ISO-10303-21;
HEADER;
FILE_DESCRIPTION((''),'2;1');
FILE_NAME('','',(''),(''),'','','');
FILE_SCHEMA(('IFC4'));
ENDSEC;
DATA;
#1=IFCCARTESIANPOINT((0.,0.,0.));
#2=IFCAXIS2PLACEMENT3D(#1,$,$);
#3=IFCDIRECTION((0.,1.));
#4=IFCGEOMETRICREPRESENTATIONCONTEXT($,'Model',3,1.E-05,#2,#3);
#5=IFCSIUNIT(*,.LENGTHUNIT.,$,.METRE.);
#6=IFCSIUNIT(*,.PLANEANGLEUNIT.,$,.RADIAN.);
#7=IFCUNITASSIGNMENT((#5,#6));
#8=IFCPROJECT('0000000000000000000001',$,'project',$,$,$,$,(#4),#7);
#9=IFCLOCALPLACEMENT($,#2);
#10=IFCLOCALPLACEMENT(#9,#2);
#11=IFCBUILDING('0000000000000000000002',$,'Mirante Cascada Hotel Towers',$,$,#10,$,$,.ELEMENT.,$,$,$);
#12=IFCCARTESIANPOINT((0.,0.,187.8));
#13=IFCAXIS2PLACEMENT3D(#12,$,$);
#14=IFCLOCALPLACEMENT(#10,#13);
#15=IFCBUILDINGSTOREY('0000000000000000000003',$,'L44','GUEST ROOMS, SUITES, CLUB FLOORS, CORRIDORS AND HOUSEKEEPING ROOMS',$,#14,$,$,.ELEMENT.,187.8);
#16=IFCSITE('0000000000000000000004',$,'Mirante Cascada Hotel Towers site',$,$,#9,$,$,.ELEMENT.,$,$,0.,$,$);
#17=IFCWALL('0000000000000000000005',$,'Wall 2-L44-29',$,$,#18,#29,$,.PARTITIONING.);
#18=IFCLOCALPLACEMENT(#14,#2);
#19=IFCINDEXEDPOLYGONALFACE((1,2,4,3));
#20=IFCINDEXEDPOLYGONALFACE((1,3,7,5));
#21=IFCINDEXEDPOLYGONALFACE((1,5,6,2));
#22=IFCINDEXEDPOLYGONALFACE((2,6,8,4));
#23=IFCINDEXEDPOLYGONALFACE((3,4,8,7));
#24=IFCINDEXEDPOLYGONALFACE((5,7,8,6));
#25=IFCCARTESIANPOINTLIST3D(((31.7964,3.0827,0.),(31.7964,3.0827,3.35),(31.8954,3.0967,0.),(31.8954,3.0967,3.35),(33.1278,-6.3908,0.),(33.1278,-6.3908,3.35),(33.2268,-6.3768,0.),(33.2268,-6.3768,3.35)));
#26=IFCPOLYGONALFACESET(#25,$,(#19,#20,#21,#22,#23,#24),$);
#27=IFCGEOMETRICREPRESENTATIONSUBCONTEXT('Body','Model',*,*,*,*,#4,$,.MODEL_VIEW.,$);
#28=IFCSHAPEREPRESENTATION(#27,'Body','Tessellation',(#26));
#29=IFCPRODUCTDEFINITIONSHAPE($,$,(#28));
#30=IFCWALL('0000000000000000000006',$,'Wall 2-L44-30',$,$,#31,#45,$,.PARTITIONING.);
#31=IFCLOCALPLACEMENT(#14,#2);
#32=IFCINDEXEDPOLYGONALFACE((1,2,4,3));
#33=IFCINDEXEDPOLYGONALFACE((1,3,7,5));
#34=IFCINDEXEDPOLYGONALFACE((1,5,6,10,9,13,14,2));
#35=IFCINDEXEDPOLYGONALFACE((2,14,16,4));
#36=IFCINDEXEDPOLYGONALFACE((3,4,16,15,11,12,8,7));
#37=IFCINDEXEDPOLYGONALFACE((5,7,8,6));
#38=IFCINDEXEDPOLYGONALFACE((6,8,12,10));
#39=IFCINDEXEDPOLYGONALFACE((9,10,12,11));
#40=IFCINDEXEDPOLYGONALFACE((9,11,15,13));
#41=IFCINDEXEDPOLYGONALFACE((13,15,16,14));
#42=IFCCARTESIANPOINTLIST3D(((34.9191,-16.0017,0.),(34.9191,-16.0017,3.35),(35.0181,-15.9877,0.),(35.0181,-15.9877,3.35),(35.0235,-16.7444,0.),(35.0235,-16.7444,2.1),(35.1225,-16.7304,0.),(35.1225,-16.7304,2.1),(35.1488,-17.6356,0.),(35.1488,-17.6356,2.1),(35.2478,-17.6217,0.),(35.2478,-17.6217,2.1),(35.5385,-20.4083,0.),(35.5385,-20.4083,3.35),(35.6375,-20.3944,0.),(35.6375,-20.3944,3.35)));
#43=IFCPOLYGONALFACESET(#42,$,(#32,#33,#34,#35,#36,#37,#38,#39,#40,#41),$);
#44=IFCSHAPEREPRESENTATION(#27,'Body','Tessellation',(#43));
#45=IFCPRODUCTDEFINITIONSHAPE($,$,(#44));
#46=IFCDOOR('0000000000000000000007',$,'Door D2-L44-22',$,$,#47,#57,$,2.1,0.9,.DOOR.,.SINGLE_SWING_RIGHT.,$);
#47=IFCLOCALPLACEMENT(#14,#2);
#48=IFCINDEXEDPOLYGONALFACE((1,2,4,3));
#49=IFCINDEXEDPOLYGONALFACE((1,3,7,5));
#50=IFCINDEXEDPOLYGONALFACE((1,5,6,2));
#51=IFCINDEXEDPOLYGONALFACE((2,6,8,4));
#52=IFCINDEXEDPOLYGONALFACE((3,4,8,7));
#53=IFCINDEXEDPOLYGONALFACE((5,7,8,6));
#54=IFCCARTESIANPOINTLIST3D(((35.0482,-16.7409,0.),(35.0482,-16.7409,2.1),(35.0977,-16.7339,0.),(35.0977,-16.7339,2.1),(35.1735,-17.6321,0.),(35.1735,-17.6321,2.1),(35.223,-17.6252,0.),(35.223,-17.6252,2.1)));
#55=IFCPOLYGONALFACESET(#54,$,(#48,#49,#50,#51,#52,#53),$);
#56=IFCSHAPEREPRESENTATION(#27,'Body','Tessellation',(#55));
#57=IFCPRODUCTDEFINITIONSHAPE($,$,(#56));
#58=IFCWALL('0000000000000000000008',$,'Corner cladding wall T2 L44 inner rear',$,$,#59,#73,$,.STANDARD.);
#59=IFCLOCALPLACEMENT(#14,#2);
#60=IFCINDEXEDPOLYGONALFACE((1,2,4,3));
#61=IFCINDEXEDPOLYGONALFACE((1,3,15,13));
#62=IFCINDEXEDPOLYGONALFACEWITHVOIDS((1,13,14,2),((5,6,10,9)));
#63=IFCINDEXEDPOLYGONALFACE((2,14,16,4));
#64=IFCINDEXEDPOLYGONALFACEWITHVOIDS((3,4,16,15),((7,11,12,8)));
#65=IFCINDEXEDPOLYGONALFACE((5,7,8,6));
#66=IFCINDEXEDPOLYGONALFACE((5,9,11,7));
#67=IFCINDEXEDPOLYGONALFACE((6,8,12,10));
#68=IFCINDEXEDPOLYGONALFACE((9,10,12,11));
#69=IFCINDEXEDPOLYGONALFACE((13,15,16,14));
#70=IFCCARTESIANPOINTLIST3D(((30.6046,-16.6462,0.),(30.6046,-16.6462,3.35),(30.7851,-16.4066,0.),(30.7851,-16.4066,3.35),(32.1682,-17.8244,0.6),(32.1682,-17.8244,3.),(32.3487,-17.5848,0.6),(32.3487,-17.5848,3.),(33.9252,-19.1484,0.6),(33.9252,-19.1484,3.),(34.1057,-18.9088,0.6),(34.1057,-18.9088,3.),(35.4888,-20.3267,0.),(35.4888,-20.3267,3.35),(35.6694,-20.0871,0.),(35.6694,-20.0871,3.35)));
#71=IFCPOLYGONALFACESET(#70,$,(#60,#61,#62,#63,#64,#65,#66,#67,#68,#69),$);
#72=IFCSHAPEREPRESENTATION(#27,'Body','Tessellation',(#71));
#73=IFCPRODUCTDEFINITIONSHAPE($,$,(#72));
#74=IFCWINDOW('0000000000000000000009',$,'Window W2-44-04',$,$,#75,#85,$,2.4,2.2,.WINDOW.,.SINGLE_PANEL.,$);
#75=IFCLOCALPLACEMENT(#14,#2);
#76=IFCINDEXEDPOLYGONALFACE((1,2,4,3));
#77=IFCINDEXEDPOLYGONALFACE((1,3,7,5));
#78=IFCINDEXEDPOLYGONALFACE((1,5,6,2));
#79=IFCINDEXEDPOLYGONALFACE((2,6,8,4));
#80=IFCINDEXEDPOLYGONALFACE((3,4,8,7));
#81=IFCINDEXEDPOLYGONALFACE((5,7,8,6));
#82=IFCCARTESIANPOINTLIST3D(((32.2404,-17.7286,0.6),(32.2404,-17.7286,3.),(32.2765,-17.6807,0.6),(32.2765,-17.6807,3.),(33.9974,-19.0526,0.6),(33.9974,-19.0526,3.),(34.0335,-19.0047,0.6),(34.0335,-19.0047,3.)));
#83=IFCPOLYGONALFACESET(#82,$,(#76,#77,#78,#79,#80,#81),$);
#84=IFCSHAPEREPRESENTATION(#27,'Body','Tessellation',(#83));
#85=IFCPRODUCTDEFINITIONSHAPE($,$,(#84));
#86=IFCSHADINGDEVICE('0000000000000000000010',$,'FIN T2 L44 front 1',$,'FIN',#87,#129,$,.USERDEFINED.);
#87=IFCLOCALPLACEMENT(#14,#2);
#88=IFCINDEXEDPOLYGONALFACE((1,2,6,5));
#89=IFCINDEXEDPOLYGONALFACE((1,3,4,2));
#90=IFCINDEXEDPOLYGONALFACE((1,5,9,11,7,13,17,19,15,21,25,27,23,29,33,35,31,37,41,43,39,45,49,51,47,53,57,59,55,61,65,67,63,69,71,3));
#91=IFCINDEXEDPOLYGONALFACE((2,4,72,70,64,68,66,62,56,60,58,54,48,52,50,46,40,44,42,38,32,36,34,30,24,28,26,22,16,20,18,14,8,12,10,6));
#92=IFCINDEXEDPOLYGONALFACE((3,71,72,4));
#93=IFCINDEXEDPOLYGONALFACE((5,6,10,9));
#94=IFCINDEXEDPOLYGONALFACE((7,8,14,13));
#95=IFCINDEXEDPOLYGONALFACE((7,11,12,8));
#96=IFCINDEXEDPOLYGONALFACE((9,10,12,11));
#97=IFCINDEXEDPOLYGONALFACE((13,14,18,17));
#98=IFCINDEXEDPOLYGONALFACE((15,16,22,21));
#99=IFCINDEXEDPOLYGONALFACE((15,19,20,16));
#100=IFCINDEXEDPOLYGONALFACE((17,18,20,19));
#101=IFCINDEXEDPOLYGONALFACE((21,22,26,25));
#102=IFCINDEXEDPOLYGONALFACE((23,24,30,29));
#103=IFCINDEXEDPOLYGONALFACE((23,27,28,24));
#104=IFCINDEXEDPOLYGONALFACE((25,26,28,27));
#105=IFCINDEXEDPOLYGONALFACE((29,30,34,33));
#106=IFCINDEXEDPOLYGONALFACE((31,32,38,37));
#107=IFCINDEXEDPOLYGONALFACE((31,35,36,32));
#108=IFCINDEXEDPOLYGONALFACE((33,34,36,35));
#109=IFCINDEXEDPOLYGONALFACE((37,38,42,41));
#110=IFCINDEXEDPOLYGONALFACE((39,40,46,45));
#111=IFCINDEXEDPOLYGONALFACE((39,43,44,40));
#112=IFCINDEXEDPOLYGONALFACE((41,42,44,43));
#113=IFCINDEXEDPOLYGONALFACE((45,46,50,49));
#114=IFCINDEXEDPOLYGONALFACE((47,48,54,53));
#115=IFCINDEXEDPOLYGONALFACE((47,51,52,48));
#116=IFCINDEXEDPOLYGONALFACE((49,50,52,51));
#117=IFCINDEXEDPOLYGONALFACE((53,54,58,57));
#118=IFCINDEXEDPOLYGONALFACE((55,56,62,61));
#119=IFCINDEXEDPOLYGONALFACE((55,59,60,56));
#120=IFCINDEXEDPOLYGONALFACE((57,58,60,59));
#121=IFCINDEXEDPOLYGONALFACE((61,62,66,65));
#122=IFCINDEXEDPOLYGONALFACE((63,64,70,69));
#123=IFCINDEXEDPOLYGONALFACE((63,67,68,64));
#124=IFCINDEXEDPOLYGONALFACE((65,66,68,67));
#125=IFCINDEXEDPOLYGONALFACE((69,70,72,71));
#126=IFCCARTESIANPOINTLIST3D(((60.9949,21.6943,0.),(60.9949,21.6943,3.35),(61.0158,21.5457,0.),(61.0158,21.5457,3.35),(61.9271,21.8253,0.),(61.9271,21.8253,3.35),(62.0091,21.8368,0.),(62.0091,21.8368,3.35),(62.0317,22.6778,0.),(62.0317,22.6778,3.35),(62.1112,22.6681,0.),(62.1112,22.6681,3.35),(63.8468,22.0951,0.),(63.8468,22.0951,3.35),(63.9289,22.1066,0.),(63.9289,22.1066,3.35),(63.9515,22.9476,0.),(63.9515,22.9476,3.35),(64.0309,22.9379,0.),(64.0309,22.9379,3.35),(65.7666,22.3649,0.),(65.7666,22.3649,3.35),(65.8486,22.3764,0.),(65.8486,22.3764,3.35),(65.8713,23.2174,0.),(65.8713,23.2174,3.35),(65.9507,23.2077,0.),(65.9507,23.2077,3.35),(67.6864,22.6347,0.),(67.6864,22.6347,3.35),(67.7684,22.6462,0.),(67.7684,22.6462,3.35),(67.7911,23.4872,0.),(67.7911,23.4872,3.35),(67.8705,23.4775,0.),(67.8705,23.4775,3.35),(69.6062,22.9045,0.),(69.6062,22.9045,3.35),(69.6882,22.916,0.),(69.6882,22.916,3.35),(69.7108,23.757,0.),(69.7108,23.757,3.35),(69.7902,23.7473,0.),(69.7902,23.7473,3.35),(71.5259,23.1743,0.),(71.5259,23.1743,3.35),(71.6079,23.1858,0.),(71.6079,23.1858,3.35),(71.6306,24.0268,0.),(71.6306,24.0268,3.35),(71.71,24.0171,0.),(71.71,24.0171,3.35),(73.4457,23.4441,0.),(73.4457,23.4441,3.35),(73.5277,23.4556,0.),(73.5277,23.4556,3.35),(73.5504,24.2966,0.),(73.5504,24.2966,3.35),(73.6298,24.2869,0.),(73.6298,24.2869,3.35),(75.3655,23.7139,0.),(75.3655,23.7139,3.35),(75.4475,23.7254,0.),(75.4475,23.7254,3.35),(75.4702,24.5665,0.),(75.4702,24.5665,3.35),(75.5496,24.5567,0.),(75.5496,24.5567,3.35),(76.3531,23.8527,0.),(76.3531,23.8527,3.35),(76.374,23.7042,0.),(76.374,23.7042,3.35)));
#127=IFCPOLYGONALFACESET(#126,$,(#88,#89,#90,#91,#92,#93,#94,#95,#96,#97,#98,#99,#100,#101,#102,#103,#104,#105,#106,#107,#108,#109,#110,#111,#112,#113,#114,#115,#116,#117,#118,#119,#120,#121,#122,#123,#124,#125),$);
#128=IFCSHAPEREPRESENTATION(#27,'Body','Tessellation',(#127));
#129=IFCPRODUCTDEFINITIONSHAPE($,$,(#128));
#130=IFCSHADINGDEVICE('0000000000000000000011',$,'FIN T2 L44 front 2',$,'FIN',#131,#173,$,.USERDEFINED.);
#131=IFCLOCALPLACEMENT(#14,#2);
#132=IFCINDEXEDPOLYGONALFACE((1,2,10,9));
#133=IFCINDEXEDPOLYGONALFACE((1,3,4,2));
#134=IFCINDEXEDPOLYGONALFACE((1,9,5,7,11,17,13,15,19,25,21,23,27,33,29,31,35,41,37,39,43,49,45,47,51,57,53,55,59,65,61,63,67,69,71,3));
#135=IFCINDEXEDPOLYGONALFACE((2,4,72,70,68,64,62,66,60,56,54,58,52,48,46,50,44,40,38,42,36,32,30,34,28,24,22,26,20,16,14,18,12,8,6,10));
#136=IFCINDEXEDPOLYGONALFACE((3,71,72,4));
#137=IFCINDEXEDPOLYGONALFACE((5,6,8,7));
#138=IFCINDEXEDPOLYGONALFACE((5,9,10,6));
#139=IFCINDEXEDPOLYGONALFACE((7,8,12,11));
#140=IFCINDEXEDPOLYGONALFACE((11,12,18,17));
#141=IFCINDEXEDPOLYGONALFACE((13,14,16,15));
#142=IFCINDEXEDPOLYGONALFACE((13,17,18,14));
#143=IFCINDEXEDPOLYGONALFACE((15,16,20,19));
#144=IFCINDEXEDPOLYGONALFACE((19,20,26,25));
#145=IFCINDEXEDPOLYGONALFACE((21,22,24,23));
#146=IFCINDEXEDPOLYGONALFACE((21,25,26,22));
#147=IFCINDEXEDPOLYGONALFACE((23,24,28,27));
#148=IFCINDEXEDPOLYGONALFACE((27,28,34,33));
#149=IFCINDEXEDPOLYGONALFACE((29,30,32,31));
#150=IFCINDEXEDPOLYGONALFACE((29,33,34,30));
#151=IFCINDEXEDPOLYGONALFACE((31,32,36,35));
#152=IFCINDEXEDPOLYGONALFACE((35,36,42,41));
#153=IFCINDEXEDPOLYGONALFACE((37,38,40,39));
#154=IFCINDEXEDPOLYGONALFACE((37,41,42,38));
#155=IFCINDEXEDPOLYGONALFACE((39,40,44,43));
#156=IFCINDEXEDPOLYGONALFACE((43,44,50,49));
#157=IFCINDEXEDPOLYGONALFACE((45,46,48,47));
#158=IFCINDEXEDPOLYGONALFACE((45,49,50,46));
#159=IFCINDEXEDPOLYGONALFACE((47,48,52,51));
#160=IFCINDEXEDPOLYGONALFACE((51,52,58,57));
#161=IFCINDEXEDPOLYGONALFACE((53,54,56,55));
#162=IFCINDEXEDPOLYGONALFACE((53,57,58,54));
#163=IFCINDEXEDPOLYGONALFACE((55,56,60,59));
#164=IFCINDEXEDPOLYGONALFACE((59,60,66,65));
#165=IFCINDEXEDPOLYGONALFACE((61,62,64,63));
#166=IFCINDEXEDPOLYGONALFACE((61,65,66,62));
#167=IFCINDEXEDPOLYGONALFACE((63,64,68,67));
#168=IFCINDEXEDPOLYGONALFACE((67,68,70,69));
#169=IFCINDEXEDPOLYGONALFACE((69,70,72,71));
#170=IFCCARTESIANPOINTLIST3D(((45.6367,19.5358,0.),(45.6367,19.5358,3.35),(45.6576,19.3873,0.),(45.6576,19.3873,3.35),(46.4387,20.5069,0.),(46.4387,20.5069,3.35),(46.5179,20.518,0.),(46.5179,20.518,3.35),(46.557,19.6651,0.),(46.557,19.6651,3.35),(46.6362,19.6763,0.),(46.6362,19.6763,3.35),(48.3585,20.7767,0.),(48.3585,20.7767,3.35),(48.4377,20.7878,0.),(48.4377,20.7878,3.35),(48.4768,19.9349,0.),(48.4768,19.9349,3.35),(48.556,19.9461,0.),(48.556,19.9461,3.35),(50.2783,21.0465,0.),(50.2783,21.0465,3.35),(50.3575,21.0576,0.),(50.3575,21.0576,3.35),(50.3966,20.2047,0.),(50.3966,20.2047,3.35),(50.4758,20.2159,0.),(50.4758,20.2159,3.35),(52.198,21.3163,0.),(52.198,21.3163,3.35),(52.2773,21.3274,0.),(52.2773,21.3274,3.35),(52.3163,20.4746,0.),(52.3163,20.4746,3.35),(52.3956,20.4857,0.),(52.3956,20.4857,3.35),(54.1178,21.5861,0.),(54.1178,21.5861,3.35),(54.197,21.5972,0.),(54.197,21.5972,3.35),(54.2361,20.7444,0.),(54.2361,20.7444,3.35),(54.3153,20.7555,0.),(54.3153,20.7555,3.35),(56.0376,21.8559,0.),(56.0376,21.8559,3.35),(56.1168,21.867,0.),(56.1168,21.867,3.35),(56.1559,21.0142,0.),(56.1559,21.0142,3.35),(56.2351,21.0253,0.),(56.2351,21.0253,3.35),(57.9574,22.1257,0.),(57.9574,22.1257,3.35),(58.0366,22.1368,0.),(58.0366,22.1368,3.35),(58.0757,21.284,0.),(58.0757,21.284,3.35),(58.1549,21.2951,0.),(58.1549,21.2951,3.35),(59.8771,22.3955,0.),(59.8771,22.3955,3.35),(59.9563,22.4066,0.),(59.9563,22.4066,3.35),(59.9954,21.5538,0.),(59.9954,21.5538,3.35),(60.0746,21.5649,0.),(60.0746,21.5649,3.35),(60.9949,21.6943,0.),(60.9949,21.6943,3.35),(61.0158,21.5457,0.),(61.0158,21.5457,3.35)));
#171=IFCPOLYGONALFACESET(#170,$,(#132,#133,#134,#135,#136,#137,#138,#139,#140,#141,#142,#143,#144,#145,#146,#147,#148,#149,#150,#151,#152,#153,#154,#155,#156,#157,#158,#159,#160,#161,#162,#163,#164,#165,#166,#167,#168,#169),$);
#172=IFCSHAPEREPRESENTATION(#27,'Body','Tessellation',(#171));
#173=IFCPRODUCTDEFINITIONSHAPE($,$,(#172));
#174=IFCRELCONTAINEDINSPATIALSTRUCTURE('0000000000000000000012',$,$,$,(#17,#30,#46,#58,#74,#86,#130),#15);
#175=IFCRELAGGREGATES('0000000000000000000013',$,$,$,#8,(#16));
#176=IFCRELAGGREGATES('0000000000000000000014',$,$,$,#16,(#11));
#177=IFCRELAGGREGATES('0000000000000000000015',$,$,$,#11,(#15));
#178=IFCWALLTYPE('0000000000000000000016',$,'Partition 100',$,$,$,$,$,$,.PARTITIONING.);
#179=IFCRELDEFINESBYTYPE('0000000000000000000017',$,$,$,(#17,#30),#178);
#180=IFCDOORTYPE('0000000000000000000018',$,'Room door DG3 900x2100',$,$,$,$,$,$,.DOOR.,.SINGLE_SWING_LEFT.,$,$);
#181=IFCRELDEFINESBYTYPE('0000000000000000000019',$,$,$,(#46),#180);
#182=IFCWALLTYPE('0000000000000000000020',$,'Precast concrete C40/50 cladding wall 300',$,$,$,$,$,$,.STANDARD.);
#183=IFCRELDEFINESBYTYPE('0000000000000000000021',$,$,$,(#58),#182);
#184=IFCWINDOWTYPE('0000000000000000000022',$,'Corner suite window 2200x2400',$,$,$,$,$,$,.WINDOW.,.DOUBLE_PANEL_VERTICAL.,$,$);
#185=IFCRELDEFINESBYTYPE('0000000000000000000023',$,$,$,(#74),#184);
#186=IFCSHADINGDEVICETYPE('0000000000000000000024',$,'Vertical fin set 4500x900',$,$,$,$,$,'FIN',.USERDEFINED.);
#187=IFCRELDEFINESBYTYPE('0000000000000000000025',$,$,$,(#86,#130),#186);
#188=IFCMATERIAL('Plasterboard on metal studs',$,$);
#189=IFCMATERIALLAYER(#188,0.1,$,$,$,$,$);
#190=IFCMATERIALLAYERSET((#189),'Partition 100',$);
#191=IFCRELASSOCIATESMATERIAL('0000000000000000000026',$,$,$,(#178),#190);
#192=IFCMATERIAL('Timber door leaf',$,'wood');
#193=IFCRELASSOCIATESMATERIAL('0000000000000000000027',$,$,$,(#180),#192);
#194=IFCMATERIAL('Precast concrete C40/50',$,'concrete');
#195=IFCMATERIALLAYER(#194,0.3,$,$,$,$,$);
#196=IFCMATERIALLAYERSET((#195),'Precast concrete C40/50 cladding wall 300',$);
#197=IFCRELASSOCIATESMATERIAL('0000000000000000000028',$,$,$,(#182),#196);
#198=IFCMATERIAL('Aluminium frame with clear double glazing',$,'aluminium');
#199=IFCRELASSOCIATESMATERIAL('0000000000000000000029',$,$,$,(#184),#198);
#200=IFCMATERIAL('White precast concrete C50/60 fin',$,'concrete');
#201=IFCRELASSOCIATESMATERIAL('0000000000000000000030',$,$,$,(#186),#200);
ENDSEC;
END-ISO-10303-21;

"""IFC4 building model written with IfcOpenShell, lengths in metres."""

from ifc_helpers import new_model, si_unit, direction, frame, frame_2d, origin, place, context, subcontext, project, spatial, polyline, rectangle, outline, extrude, material, layer, layer_set, type_object, element, fill, save


model = new_model("IFC4")

# Units and contexts
model_context = context("Model", 3, precision=1e-05, world=origin(), true_north=direction((0.0, 1.0)))
body_context = subcontext(model_context, "Body", "Model", "MODEL_VIEW")
ifc_project = project(units=[si_unit("LENGTHUNIT", "METRE"), si_unit("PLANEANGLEUNIT", "RADIAN")], contexts=[model_context])

# Site, building, storey
site_placement = place(None, origin())
site = spatial("IfcSite", under=ifc_project, at=site_placement, Name="Mirante Cascada Hotel Towers site", CompositionType="ELEMENT", RefElevation=0.0)
building_placement = place(site_placement, origin())
building = spatial("IfcBuilding", under=site, at=building_placement, Name="Mirante Cascada Hotel Towers", CompositionType="ELEMENT")
storey_placement = place(building_placement, frame((0.0, 0.0, 187.8)))
storey = spatial("IfcBuildingStorey", under=building, at=storey_placement, Name="L44", Description="GUEST ROOMS, SUITES, CLUB FLOORS, CORRIDORS AND HOUSEKEEPING ROOMS", CompositionType="ELEMENT", Elevation=187.8)

# Wall
ifc_material_1 = material(Name="Plasterboard on metal studs")
ifc_layer_1 = layer(ifc_material_1, 0.1)
ifc_layer_set_1 = layer_set([ifc_layer_1], Name="Partition 100")
wall_type_1 = type_object("IfcWallType", Name="Partition 100", PredefinedType="PARTITIONING", material=ifc_layer_set_1)
wall_1_placement = place(storey_placement, frame((33.1773, -6.3838, 0.0), z_axis=(0.0, 0.0, 1.0), x_axis=(-0.139172, 0.990268, 0.0)))
element("IfcWall", 1, at=wall_1_placement, inside=storey, type_object=wall_type_1, Name="Wall 2-L44-29", PredefinedType="PARTITIONING", context=body_context, shape_type="SweptSolid", body=[
    extrude(rectangle(XDim=9.5666, YDim=0.1, at=frame_2d((4.7833, 0.0))), origin(), (0.0, 0.0, 1.0), 3.35),
])

# Wall, opening, door
wall_2_placement = place(storey_placement, frame((34.9686, -15.9947, 0.0), z_axis=(0.0, 0.0, 1.0), x_axis=(0.13919, -0.990266, 0.0)))
wall_2 = element("IfcWall", 2, at=wall_2_placement, inside=storey, type_object=wall_type_1, Name="Wall 2-L44-30", PredefinedType="PARTITIONING", context=body_context, shape_type="SweptSolid", body=[
    extrude(rectangle(XDim=4.45, YDim=0.1, at=frame_2d((2.225, 0.0))), origin(), (0.0, 0.0, 1.0), 3.35),
])
opening_1_placement = place(wall_2_placement, frame((0.75, 0.0, 0.0)))
opening_1 = element("IfcOpeningElement", 3, at=opening_1_placement, cuts=wall_2, PredefinedType="OPENING", context=body_context, shape_type="SweptSolid", body=[
    extrude(rectangle(XDim=0.9, YDim=2.1, at=frame_2d((0.45, 1.05))), frame((0.0, 0.05, 0.0), z_axis=(0.0, -1.0, 0.0), x_axis=(1.0, 0.0, 0.0)), (0.0, 0.0, 1.0), 0.1),
])
ifc_material_2 = material(Name="Timber door leaf", Category="wood")
door_type = type_object("IfcDoorType", Name="Room door DG3 900x2100", OperationType="SINGLE_SWING_LEFT", PredefinedType="DOOR", material=ifc_material_2)
door_placement = place(opening_1_placement, frame((0.9, 0.0, 0.0), z_axis=(0.0, 0.0, 1.0), x_axis=(-1.0, 0.0, 0.0)))
door = element("IfcDoor", 4, at=door_placement, inside=storey, type_object=door_type, Name="Door D2-L44-22", OperationType="SINGLE_SWING_RIGHT", OverallHeight=2.1, OverallWidth=0.9, PredefinedType="DOOR", context=body_context, shape_type="SweptSolid", body=[
    extrude(rectangle(XDim=0.9, YDim=2.1, at=frame_2d((0.45, 1.05))), frame((0.0, 0.025, 0.0), z_axis=(0.0, -1.0, 0.0), x_axis=(1.0, 0.0, 0.0)), (0.0, 0.0, 1.0), 0.05),
])
fill(opening_1, door)

# Wall, opening, window
ifc_material_3 = material(Name="Precast concrete C40/50", Category="concrete")
ifc_layer_2 = layer(ifc_material_3, 0.3)
ifc_layer_set_2 = layer_set([ifc_layer_2], Name="Precast concrete C40/50 cladding wall 300")
wall_type_2 = type_object("IfcWallType", Name="Precast concrete C40/50 cladding wall 300", PredefinedType="STANDARD", material=ifc_layer_set_2)
wall_3_placement = place(storey_placement, frame((30.6949, -16.5264, 0.0), z_axis=(0.0, 0.0, 1.0), x_axis=(0.798636, -0.601814, 0.0)))
wall_3 = element("IfcWall", 5, at=wall_3_placement, inside=storey, type_object=wall_type_2, Name="Corner cladding wall T2 L44 inner rear", PredefinedType="STANDARD", context=body_context, shape_type="SweptSolid", body=[
    extrude(rectangle(XDim=6.1157, YDim=0.3, at=frame_2d((3.0578, 0.0))), origin(), (0.0, 0.0, 1.0), 3.35),
])
opening_2_placement = place(wall_3_placement, frame((1.9578, 0.0, 0.6)))
opening_2 = element("IfcOpeningElement", 6, at=opening_2_placement, cuts=wall_3, PredefinedType="OPENING", context=body_context, shape_type="SweptSolid", body=[
    extrude(rectangle(XDim=2.2, YDim=2.4, at=frame_2d((1.1, 1.2))), frame((0.0, 0.15, 0.0), z_axis=(0.0, -1.0, 0.0), x_axis=(1.0, 0.0, 0.0)), (0.0, 0.0, 1.0), 0.3),
])
ifc_material_4 = material(Name="Aluminium frame with clear double glazing", Category="aluminium")
window_type = type_object("IfcWindowType", Name="Corner suite window 2200x2400", PartitioningType="DOUBLE_PANEL_VERTICAL", PredefinedType="WINDOW", material=ifc_material_4)
window_placement = place(opening_2_placement, origin())
window = element("IfcWindow", 7, at=window_placement, inside=storey, type_object=window_type, Name="Window W2-44-04", OverallHeight=2.4, OverallWidth=2.2, PartitioningType="SINGLE_PANEL", PredefinedType="WINDOW", context=body_context, shape_type="SweptSolid", body=[
    extrude(rectangle(XDim=2.2, YDim=2.4, at=frame_2d((1.1, 1.2))), frame((0.0, 0.03, 0.0), z_axis=(0.0, -1.0, 0.0), x_axis=(1.0, 0.0, 0.0)), (0.0, 0.0, 1.0), 0.06),
])
fill(opening_2, window)

# Shading devices
ifc_material_5 = material(Name="White precast concrete C50/60 fin", Category="concrete")
shading_device_type = type_object("IfcShadingDeviceType", Name="Vertical fin set 4500x900", ElementType="FIN", PredefinedType="USERDEFINED", material=ifc_material_5)
shading_device_1_placement = place(storey_placement, origin())
element("IfcShadingDevice", 8, at=shading_device_1_placement, inside=storey, type_object=shading_device_type, Name="FIN T2 L44 front 1", ObjectType="FIN", PredefinedType="USERDEFINED", context=body_context, shape_type="SweptSolid", body=[
    extrude(outline(polyline([(62.1112, 22.6681), (62.0091, 21.8368), (63.8468, 22.0951), (63.9515, 22.9476), (64.0309, 22.9379), (63.9289, 22.1066), (65.7666, 22.3649), (65.8713, 23.2174), (65.9507, 23.2077), (65.8486, 22.3764), (67.6864, 22.6347), (67.7911, 23.4872), (67.8705, 23.4775), (67.7684, 22.6462), (69.6062, 22.9045), (69.7108, 23.757), (69.7902, 23.7473), (69.6882, 22.916), (71.5259, 23.1743), (71.6306, 24.0268), (71.71, 24.0171), (71.6079, 23.1858), (73.4457, 23.4441), (73.5504, 24.2966), (73.6298, 24.2869), (73.5277, 23.4556), (75.3655, 23.7139), (75.4702, 24.5665), (75.5496, 24.5567), (75.4475, 23.7254), (76.3531, 23.8527), (76.374, 23.7042), (61.0158, 21.5457), (60.9949, 21.6943), (61.9271, 21.8253), (62.0317, 22.6778), (62.1112, 22.6681)])), origin(), (0.0, 0.0, 1.0), 3.35),
])
shading_device_2_placement = place(storey_placement, origin())
element("IfcShadingDevice", 9, at=shading_device_2_placement, inside=storey, type_object=shading_device_type, Name="FIN T2 L44 front 2", ObjectType="FIN", PredefinedType="USERDEFINED", context=body_context, shape_type="SweptSolid", body=[
    extrude(outline(polyline([(46.5179, 20.518), (46.6362, 19.6763), (48.4768, 19.9349), (48.3585, 20.7767), (48.4377, 20.7878), (48.556, 19.9461), (50.3966, 20.2047), (50.2783, 21.0465), (50.3575, 21.0576), (50.4758, 20.2159), (52.3163, 20.4746), (52.198, 21.3163), (52.2773, 21.3274), (52.3956, 20.4857), (54.2361, 20.7444), (54.1178, 21.5861), (54.197, 21.5972), (54.3153, 20.7555), (56.1559, 21.0142), (56.0376, 21.8559), (56.1168, 21.867), (56.2351, 21.0253), (58.0757, 21.284), (57.9574, 22.1257), (58.0366, 22.1368), (58.1549, 21.2951), (59.9954, 21.5538), (59.8771, 22.3955), (59.9563, 22.4066), (60.0746, 21.5649), (60.9949, 21.6943), (61.0158, 21.5457), (45.6576, 19.3873), (45.6367, 19.5358), (46.557, 19.6651), (46.4387, 20.5069), (46.5179, 20.518)])), origin(), (0.0, 0.0, 1.0), 3.35),
])

save(model, "model.ifc")
